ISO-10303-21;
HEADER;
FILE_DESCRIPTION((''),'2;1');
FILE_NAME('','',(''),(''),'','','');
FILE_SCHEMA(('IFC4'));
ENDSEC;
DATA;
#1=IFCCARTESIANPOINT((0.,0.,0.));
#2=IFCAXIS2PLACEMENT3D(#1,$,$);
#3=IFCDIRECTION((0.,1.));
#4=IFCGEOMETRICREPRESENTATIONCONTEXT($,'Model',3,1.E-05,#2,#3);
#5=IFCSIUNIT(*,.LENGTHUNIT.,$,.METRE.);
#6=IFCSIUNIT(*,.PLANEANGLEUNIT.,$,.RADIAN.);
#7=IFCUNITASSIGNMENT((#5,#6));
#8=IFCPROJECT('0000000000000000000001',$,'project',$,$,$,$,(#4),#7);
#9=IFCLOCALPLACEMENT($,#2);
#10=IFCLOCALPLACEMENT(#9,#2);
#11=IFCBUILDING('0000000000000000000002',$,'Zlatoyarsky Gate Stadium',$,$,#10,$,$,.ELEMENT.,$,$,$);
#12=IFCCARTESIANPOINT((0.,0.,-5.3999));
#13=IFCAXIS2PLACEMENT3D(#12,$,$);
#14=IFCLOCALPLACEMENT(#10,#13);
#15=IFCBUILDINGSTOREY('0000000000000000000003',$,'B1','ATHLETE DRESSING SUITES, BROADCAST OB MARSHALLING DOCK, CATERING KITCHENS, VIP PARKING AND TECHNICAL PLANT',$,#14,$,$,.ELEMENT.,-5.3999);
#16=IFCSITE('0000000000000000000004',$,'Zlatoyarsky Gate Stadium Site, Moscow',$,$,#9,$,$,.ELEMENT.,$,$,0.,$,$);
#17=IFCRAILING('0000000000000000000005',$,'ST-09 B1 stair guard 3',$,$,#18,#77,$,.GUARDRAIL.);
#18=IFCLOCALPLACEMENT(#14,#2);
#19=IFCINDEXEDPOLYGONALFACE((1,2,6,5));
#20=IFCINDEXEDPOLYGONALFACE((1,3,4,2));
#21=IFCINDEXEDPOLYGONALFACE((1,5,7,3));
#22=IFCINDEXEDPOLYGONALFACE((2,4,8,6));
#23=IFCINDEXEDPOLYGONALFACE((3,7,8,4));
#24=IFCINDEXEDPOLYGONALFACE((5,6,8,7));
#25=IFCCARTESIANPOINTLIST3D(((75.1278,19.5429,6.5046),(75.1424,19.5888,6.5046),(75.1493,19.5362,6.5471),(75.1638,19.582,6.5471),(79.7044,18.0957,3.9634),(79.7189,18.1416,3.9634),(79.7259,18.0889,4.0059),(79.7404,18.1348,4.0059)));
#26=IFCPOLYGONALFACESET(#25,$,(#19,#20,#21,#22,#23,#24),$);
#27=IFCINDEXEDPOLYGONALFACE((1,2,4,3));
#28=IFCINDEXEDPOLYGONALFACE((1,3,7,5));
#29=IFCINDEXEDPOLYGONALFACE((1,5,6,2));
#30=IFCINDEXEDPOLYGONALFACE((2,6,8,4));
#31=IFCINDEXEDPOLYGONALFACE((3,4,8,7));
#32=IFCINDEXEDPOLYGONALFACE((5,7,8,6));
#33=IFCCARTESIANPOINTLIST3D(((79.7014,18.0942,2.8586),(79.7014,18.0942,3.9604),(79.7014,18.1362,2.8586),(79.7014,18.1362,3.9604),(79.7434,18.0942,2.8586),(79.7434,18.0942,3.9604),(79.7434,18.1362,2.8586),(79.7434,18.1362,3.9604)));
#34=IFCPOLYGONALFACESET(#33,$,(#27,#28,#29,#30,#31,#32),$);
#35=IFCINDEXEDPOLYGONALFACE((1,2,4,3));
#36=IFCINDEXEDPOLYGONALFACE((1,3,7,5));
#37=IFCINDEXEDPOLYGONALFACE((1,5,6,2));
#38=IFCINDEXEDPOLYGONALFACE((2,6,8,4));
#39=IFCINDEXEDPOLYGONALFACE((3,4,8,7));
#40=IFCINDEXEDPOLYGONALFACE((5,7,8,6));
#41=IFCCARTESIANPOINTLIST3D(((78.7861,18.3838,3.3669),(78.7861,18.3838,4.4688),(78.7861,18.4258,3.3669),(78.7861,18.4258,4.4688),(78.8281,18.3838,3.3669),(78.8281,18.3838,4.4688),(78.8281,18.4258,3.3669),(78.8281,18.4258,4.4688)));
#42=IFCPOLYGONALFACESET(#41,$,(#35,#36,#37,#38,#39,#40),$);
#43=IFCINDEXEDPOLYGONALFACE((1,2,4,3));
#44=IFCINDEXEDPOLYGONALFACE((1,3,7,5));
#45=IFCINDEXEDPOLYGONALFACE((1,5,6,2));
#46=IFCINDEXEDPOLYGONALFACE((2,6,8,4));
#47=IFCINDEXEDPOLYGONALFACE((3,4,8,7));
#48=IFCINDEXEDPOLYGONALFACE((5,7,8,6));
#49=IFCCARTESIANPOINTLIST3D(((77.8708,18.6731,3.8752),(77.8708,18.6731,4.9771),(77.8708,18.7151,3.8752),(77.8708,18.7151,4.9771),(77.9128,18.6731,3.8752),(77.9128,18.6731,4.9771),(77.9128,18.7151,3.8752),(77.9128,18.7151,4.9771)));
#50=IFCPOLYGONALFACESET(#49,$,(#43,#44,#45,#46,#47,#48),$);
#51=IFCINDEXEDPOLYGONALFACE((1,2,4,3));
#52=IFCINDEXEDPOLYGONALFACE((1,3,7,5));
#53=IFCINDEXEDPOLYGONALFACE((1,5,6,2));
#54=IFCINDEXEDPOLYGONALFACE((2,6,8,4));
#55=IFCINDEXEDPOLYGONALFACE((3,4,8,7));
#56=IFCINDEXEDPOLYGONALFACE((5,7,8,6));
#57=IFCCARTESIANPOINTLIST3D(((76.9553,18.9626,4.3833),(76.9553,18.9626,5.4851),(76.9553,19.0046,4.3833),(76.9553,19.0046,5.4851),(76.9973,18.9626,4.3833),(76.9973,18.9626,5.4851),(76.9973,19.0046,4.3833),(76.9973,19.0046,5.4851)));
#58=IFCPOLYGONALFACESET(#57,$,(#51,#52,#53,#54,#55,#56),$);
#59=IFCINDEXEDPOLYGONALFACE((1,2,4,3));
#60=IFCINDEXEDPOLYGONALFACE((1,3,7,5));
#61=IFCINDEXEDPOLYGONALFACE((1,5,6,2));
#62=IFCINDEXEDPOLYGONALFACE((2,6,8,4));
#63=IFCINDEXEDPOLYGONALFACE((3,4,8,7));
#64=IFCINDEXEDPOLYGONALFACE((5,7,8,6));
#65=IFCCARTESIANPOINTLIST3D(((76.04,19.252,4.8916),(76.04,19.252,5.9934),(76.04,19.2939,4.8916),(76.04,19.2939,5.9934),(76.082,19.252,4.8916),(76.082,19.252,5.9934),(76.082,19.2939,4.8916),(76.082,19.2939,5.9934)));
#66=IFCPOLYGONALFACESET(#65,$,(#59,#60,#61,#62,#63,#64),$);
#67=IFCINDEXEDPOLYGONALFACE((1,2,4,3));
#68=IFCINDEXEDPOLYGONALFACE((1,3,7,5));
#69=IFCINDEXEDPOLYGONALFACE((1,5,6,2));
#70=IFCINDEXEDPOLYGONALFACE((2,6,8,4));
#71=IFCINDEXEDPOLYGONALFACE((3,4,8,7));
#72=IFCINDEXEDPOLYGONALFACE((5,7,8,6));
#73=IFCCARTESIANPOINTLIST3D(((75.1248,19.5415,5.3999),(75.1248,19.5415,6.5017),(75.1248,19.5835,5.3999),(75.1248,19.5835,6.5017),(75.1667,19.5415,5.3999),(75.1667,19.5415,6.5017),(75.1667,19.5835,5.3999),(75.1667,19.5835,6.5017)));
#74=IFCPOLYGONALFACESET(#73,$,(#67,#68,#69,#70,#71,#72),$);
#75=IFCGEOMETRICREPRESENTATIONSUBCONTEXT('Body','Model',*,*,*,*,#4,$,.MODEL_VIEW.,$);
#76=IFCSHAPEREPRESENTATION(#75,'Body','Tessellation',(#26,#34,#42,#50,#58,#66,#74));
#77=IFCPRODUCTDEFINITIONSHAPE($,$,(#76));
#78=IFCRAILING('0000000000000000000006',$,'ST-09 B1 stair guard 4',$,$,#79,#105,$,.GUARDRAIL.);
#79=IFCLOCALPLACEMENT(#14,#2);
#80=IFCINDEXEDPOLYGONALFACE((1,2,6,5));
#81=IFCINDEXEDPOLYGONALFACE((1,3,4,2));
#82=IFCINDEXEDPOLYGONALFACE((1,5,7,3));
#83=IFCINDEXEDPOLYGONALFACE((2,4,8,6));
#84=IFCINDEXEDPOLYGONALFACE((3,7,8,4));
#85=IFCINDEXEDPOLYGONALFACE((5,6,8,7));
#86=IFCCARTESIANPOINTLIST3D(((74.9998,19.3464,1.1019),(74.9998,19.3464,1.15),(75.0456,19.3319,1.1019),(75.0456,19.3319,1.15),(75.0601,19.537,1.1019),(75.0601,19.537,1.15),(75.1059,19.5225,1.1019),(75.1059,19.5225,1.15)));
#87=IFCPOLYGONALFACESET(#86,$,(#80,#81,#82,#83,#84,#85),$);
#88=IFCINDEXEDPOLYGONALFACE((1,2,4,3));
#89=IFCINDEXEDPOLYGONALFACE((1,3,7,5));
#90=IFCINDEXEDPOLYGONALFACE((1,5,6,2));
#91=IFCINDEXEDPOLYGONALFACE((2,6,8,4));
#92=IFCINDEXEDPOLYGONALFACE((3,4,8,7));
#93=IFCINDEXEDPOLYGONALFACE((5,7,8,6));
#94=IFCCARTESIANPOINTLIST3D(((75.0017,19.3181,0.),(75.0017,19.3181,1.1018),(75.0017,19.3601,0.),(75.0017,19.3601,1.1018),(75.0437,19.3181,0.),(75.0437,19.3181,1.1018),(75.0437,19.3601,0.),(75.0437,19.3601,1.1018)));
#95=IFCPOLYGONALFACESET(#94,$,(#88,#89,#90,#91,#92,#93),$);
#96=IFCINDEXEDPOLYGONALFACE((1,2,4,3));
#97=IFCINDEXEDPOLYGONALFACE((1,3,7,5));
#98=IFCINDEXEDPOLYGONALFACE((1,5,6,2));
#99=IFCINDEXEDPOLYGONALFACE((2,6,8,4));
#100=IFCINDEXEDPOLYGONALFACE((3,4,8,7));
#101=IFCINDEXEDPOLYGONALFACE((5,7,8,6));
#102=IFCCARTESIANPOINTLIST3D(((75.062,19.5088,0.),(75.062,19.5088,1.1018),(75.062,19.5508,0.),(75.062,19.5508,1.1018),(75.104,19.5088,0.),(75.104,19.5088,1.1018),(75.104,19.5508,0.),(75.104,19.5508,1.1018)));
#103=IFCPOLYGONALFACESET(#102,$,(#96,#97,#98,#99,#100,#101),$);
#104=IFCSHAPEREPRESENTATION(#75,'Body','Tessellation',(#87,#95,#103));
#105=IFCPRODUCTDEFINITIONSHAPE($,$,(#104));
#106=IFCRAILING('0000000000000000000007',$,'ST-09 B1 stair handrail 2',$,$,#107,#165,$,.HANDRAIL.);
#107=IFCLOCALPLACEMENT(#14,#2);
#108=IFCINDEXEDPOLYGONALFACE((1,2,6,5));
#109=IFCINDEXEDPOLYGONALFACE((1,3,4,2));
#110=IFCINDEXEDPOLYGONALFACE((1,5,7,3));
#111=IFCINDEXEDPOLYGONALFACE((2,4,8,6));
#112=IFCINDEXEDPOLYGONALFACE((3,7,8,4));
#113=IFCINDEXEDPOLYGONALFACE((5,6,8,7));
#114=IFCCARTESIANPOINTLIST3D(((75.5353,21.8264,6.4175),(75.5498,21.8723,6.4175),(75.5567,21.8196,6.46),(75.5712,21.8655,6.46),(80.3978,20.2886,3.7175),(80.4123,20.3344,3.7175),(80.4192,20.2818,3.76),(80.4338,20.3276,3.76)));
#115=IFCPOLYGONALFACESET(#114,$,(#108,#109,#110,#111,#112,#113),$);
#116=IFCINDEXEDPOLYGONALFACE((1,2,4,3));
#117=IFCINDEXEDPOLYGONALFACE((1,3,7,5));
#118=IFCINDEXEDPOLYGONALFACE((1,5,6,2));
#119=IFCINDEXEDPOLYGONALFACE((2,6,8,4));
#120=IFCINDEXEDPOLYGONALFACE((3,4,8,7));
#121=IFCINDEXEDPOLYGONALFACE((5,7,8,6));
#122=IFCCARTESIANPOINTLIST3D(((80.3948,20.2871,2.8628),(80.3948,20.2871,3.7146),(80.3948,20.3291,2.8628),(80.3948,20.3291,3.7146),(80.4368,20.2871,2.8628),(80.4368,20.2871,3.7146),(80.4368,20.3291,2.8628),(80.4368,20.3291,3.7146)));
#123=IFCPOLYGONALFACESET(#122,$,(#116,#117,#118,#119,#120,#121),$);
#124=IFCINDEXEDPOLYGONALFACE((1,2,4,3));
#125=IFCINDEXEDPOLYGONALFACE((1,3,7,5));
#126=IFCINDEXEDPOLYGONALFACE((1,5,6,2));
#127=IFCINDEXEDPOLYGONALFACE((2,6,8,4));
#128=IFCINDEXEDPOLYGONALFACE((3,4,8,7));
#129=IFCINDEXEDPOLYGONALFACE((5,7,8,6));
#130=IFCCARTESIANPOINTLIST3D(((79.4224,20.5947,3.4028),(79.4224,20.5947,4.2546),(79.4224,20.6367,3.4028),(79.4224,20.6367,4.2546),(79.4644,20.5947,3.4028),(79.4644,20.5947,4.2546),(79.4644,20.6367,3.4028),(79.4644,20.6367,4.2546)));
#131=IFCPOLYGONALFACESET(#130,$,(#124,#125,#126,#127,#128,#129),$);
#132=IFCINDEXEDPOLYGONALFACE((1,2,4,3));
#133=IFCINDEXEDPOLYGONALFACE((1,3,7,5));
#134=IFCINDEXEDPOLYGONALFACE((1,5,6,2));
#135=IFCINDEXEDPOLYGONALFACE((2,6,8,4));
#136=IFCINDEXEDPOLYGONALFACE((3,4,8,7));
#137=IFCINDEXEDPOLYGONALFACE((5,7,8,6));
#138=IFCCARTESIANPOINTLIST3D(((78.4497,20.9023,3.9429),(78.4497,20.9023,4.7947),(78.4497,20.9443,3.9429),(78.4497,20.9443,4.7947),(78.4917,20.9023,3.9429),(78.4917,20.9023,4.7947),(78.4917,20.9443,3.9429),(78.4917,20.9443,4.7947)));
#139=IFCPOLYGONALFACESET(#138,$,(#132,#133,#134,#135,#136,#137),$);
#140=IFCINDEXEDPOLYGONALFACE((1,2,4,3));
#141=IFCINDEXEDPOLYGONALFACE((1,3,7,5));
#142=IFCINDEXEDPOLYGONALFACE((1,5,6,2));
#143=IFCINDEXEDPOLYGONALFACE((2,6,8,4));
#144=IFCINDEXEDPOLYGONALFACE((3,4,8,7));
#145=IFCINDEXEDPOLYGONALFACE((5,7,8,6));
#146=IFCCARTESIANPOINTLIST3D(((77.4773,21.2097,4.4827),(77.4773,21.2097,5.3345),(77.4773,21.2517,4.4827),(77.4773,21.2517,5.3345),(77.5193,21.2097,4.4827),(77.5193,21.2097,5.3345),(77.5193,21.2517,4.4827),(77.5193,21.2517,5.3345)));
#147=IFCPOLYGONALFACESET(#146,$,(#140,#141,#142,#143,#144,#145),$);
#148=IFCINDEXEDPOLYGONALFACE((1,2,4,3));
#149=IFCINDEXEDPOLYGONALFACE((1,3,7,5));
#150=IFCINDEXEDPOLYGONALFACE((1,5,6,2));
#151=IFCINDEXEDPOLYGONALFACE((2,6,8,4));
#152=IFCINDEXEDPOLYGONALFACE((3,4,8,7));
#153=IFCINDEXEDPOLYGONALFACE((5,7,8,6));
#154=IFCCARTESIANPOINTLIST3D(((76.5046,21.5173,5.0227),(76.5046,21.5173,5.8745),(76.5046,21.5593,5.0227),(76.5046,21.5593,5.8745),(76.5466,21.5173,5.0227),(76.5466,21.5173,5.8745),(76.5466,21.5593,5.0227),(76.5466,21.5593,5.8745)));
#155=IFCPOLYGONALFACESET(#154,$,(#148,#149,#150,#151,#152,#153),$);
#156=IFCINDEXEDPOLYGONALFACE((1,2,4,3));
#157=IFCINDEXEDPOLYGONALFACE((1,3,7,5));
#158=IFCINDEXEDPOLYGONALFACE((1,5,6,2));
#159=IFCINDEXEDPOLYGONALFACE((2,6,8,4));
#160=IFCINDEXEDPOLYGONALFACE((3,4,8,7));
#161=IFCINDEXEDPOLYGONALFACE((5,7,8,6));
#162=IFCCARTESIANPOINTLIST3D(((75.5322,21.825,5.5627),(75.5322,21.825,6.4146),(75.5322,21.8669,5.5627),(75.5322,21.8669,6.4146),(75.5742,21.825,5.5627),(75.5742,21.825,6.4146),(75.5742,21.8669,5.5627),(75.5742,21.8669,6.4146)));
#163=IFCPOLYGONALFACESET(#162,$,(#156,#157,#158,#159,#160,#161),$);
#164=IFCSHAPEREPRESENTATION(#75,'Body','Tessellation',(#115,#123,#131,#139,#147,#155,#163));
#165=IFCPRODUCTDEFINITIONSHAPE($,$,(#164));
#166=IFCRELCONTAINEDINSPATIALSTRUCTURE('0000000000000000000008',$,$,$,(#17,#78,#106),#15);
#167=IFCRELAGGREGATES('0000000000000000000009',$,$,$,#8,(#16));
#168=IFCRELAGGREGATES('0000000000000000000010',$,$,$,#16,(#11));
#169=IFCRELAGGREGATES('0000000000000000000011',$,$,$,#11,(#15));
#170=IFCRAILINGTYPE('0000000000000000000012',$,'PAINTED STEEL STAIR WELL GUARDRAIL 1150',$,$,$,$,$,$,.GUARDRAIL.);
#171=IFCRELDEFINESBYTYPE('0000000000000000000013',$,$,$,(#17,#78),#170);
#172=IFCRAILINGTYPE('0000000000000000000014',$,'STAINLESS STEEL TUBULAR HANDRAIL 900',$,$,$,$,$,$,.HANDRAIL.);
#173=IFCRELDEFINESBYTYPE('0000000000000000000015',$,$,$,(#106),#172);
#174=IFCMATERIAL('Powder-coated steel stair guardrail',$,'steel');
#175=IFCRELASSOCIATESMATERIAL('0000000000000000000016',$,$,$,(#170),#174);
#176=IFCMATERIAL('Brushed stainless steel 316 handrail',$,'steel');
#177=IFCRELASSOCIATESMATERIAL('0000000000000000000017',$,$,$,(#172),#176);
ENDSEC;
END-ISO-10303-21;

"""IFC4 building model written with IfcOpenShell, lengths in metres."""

from ifc_helpers import new_model, si_unit, direction, frame, origin, origin_2d, place, context, subcontext, project, spatial, rectangle, extrude, material, type_object, element, save


model = new_model("IFC4")

# Units and contexts
model_context = context("Model", 3, precision=1e-05, world=origin(), true_north=direction((0.0, 1.0)))
body_context = subcontext(model_context, "Body", "Model", "MODEL_VIEW")
ifc_project = project(units=[si_unit("LENGTHUNIT", "METRE"), si_unit("PLANEANGLEUNIT", "RADIAN")], contexts=[model_context])

# Site, building, storey
site_placement = place(None, origin())
site = spatial("IfcSite", under=ifc_project, at=site_placement, Name="Zlatoyarsky Gate Stadium Site, Moscow", CompositionType="ELEMENT", RefElevation=0.0)
building_placement = place(site_placement, origin())
building = spatial("IfcBuilding", under=site, at=building_placement, Name="Zlatoyarsky Gate Stadium", CompositionType="ELEMENT")
storey_placement = place(building_placement, frame((0.0, 0.0, -5.3999)))
storey = spatial("IfcBuildingStorey", under=building, at=storey_placement, Name="B1", Description="ATHLETE DRESSING SUITES, BROADCAST OB MARSHALLING DOCK, CATERING KITCHENS, VIP PARKING AND TECHNICAL PLANT", CompositionType="ELEMENT", Elevation=-5.3999)

# Railings
ifc_material_1 = material(Name="Powder-coated steel stair guardrail", Category="steel")
railing_type_1 = type_object("IfcRailingType", Name="PAINTED STEEL STAIR WELL GUARDRAIL 1150", PredefinedType="GUARDRAIL", material=ifc_material_1)
railing_1_placement = place(storey_placement, frame((79.7224, 18.1152, 2.8586)))
element("IfcRailing", 1, at=railing_1_placement, inside=storey, type_object=railing_type_1, Name="ST-09 B1 stair guard 3", PredefinedType="GUARDRAIL", context=body_context, shape_type="SweptSolid", body=[
    extrude(rectangle(XDim=0.0481, YDim=0.0481, at=origin_2d()), frame((0.0, 0.0, 1.126), z_axis=(-0.842654, 0.26647, 0.467897), x_axis=(-0.301511, -0.953463, 0.0)), (0.0, 0.0, 1.0), 5.4312),
    extrude(rectangle(XDim=0.042, YDim=0.042, at=origin_2d()), origin(), (0.0, 0.0, 1.0), 1.1018),
    extrude(rectangle(XDim=0.042, YDim=0.042, at=origin_2d()), frame((-0.9153, 0.2896, 0.5083)), (0.0, 0.0, 1.0), 1.1018),
    extrude(rectangle(XDim=0.042, YDim=0.042, at=origin_2d()), frame((-1.8306, 0.5789, 1.0166)), (0.0, 0.0, 1.0), 1.1018),
    extrude(rectangle(XDim=0.042, YDim=0.042, at=origin_2d()), frame((-2.7461, 0.8684, 1.5247)), (0.0, 0.0, 1.0), 1.1018),
    extrude(rectangle(XDim=0.042, YDim=0.042, at=origin_2d()), frame((-3.6614, 1.1577, 2.033)), (0.0, 0.0, 1.0), 1.1018),
    extrude(rectangle(XDim=0.042, YDim=0.042, at=origin_2d()), frame((-4.5767, 1.4473, 2.5413)), (0.0, 0.0, 1.0), 1.1018),
])
railing_2_placement = place(storey_placement, frame((75.0227, 19.3391, 0.0)))
element("IfcRailing", 2, at=railing_2_placement, inside=storey, type_object=railing_type_1, Name="ST-09 B1 stair guard 4", PredefinedType="GUARDRAIL", context=body_context, shape_type="SweptSolid", body=[
    extrude(rectangle(XDim=0.0481, YDim=0.0481, at=origin_2d()), frame((0.0, 0.0, 1.126), z_axis=(0.30154, 0.953453, 0.0), x_axis=(-0.953453, 0.30154, 0.0)), (0.0, 0.0, 1.0), 0.2),
    extrude(rectangle(XDim=0.042, YDim=0.042, at=origin_2d()), origin(), (0.0, 0.0, 1.0), 1.1018),
    extrude(rectangle(XDim=0.042, YDim=0.042, at=origin_2d()), frame((0.0603, 0.1907, 0.0)), (0.0, 0.0, 1.0), 1.1018),
])
ifc_material_2 = material(Name="Brushed stainless steel 316 handrail", Category="steel")
railing_type_2 = type_object("IfcRailingType", Name="STAINLESS STEEL TUBULAR HANDRAIL 900", PredefinedType="HANDRAIL", material=ifc_material_2)
railing_3_placement = place(storey_placement, frame((80.4158, 20.3081, 2.8628)))
element("IfcRailing", 3, at=railing_3_placement, inside=storey, type_object=railing_type_2, Name="ST-09 B1 stair handrail 2", PredefinedType="HANDRAIL", context=body_context, shape_type="SweptSolid", body=[
    extrude(rectangle(XDim=0.0481, YDim=0.0481, at=origin_2d()), frame((0.0, 0.0, 0.876), z_axis=(-0.842651, 0.266499, 0.467886), x_axis=(-0.301541, -0.953453, 0.0)), (0.0, 0.0, 1.0), 5.7705),
    extrude(rectangle(XDim=0.042, YDim=0.042, at=origin_2d()), origin(), (0.0, 0.0, 1.0), 0.8518),
    extrude(rectangle(XDim=0.042, YDim=0.042, at=origin_2d()), frame((-0.9724, 0.3076, 0.54)), (0.0, 0.0, 1.0), 0.8518),
    extrude(rectangle(XDim=0.042, YDim=0.042, at=origin_2d()), frame((-1.9451, 0.6152, 1.0801)), (0.0, 0.0, 1.0), 0.8518),
    extrude(rectangle(XDim=0.042, YDim=0.042, at=origin_2d()), frame((-2.9175, 0.9226, 1.6199)), (0.0, 0.0, 1.0), 0.8518),
    extrude(rectangle(XDim=0.042, YDim=0.042, at=origin_2d()), frame((-3.8901, 1.2302, 2.1599)), (0.0, 0.0, 1.0), 0.8518),
    extrude(rectangle(XDim=0.042, YDim=0.042, at=origin_2d()), frame((-4.8625, 1.5378, 2.7)), (0.0, 0.0, 1.0), 0.8518),
])

save(model, "model.ifc")
